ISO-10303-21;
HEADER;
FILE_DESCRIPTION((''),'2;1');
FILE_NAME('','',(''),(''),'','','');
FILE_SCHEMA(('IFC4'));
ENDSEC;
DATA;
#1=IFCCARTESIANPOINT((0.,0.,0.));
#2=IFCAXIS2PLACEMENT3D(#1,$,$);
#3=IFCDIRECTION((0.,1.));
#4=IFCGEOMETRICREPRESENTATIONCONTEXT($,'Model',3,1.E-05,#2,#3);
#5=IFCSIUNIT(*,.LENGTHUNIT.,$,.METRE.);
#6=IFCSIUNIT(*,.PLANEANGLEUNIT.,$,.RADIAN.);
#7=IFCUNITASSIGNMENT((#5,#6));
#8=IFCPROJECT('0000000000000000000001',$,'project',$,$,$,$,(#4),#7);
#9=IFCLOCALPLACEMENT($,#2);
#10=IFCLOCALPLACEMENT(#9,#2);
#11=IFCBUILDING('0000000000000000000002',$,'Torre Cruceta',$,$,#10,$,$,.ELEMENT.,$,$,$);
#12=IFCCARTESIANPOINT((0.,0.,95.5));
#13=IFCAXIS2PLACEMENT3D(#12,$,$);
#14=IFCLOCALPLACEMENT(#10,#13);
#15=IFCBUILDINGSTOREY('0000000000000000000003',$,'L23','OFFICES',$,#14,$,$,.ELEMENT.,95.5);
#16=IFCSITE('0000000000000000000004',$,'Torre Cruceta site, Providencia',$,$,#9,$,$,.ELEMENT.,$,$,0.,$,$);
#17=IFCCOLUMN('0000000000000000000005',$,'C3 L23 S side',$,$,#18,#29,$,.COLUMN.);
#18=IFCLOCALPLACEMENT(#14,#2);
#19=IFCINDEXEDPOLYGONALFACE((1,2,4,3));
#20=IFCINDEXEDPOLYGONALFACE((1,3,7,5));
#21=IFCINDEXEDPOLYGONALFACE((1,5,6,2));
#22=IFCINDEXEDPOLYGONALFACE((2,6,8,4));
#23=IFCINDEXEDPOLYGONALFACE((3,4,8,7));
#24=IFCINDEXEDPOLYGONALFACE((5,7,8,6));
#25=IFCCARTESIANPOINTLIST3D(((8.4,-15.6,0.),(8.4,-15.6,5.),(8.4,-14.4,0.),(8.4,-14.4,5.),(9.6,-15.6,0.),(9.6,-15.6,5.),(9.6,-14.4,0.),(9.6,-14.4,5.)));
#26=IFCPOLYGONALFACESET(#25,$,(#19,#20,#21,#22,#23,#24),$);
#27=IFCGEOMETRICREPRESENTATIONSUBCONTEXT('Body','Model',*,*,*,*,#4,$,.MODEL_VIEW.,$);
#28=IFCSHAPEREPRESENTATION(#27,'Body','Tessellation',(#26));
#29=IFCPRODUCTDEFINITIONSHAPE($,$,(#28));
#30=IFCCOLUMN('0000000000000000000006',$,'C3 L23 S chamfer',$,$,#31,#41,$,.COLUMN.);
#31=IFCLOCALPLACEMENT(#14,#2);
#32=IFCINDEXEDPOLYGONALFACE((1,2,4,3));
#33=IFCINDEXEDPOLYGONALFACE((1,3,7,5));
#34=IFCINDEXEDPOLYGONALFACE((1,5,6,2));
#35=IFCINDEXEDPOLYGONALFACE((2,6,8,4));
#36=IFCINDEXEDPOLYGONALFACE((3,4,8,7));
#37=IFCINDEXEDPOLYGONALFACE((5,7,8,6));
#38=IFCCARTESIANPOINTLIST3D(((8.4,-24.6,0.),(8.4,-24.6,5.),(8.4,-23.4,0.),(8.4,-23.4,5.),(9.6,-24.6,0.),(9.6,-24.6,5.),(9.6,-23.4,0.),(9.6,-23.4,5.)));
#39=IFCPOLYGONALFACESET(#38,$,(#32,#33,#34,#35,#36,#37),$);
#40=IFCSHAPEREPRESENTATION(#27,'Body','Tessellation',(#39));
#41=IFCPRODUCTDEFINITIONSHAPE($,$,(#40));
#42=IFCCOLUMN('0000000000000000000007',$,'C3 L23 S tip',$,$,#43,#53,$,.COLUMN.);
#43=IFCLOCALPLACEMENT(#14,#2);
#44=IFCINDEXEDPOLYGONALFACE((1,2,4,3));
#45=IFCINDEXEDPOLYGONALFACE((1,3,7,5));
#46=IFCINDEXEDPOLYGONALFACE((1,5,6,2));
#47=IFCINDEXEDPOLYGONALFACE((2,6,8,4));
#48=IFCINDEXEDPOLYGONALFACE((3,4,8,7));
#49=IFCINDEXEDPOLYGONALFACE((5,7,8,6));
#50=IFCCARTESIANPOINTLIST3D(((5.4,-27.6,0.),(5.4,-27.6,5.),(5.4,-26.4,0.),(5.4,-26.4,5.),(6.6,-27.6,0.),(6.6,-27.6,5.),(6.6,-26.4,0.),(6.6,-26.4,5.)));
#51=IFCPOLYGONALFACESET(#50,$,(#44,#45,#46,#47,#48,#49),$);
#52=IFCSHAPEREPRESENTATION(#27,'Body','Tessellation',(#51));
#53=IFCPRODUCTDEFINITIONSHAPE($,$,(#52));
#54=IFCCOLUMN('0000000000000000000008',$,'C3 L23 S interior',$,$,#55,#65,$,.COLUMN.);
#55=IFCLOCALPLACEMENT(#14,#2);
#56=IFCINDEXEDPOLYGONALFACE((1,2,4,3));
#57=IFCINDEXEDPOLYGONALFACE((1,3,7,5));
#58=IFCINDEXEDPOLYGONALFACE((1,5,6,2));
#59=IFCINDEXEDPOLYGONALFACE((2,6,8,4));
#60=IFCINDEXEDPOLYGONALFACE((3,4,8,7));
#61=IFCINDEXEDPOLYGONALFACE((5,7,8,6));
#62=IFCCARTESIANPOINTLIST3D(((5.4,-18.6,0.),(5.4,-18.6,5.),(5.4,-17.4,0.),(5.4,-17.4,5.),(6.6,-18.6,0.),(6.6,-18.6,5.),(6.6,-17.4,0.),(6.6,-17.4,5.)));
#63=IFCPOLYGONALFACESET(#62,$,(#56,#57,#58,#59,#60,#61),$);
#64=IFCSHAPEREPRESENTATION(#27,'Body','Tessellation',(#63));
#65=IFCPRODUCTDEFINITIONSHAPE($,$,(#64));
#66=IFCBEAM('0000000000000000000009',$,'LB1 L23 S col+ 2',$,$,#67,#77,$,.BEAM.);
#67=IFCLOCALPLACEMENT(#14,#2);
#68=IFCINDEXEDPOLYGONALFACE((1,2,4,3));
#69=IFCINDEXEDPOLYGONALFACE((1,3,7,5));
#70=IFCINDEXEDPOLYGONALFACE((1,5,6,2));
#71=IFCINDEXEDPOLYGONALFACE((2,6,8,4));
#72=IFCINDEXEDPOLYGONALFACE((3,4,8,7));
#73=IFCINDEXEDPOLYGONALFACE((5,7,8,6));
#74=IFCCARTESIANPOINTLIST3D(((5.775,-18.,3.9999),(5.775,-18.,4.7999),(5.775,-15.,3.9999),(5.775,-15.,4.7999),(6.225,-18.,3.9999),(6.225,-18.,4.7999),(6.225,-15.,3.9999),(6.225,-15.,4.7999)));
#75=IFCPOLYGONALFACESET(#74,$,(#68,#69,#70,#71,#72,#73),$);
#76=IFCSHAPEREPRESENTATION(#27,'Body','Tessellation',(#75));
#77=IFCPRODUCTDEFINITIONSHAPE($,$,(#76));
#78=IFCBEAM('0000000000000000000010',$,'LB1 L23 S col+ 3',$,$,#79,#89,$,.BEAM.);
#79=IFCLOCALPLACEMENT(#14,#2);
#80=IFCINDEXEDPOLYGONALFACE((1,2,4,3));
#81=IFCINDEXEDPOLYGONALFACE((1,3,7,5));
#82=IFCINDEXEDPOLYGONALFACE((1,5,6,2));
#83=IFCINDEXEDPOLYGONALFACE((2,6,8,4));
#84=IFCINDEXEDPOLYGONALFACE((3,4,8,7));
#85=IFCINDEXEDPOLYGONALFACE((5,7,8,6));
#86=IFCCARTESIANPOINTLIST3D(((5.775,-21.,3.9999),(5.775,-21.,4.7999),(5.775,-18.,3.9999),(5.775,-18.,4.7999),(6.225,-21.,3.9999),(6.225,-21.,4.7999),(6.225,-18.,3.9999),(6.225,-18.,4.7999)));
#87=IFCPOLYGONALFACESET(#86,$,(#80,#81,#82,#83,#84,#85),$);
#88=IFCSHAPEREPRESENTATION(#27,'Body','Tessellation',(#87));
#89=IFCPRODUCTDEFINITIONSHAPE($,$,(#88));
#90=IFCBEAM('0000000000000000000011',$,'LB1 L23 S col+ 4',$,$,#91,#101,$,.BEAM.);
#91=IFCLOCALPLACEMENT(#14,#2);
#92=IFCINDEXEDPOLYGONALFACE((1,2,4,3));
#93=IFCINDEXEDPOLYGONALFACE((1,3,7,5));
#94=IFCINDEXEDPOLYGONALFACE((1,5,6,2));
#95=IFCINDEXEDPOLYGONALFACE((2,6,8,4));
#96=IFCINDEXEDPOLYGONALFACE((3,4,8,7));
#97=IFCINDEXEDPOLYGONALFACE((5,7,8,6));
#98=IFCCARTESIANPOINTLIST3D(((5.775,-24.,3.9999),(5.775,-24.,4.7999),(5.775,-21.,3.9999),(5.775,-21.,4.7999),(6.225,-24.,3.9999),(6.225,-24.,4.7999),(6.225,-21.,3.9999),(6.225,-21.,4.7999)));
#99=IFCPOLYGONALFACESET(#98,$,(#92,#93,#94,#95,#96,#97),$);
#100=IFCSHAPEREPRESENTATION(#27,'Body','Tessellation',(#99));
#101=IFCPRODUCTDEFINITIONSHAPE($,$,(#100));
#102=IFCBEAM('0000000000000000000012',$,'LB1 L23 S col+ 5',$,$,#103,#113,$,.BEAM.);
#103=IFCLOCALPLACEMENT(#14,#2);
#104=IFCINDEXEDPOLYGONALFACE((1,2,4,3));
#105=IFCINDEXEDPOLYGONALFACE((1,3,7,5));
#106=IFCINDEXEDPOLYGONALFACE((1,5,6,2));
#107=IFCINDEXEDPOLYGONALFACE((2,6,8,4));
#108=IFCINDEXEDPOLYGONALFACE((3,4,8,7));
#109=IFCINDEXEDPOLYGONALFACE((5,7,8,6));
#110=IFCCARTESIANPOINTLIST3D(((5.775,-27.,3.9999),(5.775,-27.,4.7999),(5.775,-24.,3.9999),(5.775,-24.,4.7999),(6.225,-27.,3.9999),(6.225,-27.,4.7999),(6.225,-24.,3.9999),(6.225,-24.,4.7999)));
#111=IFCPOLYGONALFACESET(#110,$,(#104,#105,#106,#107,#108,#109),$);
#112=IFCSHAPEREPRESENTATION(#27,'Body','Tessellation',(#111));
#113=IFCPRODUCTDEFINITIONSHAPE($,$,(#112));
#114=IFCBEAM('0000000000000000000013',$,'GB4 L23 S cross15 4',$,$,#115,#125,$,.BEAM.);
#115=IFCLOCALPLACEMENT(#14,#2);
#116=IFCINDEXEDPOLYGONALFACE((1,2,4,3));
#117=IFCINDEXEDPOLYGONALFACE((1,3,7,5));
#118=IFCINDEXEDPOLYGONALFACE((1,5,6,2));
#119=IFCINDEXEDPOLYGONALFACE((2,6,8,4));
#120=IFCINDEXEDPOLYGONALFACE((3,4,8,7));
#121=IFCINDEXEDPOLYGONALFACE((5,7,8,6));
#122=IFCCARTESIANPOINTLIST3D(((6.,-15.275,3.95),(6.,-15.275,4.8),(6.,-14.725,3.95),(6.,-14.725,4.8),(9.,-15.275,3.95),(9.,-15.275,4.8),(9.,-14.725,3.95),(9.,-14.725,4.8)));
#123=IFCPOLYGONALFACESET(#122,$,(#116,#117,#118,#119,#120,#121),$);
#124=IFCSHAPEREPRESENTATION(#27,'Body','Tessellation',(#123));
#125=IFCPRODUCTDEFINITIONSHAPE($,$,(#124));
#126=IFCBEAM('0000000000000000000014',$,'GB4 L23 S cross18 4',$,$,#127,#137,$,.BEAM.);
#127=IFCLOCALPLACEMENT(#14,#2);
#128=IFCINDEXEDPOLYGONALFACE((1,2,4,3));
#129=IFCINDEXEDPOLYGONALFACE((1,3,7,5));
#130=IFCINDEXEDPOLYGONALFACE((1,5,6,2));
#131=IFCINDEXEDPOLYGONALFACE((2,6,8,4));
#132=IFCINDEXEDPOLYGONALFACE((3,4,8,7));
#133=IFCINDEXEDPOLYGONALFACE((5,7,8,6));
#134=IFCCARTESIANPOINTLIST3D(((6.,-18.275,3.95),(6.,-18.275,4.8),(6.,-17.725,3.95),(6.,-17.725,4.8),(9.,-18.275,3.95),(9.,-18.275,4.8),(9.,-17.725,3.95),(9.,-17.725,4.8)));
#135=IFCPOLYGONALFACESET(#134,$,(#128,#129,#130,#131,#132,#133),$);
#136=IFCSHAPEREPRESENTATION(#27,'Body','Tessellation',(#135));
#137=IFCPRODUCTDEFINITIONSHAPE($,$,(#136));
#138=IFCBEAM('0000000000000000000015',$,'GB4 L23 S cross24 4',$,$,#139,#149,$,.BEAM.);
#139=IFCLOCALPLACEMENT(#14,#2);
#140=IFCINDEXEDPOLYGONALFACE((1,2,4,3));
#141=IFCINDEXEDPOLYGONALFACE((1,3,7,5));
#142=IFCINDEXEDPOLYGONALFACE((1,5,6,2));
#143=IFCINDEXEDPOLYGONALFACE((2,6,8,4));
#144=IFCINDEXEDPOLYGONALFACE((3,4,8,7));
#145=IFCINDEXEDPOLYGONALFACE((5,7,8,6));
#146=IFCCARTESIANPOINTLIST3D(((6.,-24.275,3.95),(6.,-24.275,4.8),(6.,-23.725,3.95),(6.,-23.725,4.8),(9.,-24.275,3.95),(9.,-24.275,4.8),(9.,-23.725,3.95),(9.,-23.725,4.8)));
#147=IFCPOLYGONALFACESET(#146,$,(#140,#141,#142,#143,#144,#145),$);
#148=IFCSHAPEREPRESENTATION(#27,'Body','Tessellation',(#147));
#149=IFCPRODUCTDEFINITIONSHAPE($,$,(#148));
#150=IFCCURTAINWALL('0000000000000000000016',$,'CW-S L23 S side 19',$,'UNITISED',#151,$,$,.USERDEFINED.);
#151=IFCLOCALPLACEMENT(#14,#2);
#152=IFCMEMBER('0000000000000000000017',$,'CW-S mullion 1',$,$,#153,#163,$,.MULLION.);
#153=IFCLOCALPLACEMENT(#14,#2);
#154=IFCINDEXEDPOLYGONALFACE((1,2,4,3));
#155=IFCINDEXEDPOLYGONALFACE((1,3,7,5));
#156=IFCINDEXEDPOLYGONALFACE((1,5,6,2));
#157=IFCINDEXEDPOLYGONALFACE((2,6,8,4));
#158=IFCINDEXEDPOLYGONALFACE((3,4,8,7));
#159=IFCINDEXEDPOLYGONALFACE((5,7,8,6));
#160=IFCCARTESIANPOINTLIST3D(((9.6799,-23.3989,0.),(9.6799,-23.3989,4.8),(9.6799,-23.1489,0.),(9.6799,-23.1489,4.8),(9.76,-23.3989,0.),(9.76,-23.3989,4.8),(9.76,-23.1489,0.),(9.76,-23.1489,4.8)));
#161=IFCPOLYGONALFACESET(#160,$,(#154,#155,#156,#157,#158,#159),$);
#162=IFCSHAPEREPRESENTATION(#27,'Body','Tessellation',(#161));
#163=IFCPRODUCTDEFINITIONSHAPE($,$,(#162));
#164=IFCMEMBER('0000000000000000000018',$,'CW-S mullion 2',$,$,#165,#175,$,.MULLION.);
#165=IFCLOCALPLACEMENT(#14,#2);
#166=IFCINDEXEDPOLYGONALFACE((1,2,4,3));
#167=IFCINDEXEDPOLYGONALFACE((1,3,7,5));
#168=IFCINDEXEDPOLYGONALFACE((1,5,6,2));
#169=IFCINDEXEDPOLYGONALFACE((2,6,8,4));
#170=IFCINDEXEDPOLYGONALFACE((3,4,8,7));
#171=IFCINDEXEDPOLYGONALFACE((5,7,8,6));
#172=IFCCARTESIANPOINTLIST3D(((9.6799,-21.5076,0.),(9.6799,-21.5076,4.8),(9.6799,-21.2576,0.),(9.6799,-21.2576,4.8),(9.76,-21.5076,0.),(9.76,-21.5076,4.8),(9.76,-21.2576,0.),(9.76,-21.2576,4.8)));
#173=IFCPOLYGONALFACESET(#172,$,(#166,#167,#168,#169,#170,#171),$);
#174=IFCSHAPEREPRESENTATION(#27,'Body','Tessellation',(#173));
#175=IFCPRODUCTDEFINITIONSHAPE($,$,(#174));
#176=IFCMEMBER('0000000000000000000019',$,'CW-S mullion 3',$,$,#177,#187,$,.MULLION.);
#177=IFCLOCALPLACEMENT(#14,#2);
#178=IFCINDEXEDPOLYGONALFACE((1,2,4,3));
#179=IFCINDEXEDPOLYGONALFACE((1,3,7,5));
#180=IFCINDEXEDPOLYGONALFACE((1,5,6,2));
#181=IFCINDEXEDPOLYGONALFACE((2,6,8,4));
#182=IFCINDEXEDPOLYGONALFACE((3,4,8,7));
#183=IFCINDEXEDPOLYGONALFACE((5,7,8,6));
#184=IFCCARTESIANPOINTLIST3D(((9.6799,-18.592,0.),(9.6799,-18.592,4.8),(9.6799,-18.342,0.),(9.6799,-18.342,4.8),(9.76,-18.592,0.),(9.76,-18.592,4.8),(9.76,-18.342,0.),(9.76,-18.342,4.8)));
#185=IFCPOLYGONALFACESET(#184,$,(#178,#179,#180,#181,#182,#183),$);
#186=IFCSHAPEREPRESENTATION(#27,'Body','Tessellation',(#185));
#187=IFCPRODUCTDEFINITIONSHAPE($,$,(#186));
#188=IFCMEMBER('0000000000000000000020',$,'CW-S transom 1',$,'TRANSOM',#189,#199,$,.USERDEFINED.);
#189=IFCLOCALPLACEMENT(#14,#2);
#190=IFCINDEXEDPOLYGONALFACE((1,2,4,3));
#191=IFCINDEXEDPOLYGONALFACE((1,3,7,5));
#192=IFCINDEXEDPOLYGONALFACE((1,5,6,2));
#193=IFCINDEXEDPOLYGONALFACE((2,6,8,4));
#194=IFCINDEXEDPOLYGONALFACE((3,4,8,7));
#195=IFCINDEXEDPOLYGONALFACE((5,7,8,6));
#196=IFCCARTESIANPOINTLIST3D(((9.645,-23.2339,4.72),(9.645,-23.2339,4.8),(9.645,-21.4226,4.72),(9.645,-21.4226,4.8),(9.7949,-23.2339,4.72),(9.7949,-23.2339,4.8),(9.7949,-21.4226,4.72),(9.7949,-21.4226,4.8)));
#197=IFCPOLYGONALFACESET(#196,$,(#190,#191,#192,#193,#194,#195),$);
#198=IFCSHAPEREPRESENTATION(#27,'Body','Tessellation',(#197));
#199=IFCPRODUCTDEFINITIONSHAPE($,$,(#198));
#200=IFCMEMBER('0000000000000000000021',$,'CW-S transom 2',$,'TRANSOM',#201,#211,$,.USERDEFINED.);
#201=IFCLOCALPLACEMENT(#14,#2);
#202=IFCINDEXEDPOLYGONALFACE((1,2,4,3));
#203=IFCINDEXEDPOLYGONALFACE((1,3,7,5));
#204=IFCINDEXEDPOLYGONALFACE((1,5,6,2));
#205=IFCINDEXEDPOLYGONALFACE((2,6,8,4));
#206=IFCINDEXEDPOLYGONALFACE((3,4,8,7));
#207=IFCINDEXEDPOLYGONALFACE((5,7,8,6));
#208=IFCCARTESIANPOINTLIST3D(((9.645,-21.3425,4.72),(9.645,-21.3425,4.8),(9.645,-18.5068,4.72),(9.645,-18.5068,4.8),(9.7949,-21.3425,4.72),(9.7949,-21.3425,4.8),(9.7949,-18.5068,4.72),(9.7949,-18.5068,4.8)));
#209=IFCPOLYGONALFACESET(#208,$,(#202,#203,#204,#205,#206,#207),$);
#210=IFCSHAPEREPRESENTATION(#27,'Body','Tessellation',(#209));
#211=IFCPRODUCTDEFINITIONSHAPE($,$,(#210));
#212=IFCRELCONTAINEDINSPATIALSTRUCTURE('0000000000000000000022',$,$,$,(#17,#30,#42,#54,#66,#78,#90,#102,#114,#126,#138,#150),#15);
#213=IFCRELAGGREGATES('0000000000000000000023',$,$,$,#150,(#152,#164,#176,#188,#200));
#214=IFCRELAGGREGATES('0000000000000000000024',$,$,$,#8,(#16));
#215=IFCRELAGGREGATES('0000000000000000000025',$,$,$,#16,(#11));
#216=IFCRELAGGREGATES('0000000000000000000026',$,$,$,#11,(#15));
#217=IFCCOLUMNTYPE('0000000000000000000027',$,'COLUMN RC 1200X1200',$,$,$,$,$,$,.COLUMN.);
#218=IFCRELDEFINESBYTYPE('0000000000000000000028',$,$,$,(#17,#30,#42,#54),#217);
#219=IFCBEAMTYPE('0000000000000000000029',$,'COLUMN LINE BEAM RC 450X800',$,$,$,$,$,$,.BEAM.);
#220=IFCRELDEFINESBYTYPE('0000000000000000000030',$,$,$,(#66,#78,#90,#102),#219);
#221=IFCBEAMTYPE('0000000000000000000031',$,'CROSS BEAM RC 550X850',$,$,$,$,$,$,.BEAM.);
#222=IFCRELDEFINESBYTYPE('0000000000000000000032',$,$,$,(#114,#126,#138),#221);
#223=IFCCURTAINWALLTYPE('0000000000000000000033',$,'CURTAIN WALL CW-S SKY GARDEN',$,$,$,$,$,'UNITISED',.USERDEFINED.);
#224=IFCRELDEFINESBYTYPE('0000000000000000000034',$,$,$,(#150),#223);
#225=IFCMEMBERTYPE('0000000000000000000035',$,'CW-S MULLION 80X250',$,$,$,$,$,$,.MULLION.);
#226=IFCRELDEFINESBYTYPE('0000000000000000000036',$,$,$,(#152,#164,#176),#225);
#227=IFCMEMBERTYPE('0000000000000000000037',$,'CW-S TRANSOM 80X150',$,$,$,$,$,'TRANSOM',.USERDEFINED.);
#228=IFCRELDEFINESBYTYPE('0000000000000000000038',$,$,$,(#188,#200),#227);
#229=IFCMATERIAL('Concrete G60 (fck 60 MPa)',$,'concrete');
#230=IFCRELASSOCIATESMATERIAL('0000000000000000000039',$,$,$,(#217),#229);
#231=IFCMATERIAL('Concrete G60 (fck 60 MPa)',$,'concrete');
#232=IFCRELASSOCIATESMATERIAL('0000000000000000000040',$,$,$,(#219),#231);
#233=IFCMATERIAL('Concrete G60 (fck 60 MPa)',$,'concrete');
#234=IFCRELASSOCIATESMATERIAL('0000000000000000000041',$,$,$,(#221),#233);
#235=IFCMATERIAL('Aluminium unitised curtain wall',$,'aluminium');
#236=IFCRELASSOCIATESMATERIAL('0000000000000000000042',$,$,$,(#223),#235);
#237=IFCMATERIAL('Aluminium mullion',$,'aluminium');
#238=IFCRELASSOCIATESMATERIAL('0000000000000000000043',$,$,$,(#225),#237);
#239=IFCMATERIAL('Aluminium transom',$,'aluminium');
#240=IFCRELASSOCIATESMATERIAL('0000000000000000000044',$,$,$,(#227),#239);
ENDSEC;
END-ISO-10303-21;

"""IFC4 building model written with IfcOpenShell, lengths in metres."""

from ifc_helpers import new_model, si_unit, direction, frame, origin, origin_2d, place, context, subcontext, project, spatial, rectangle, extrude, material, material_profile, profile_set, type_object, element, aggregate, save


model = new_model("IFC4")

# Units and contexts
model_context = context("Model", 3, precision=1e-05, world=origin(), true_north=direction((0.0, 1.0)))
body_context = subcontext(model_context, "Body", "Model", "MODEL_VIEW")
ifc_project = project(units=[si_unit("LENGTHUNIT", "METRE"), si_unit("PLANEANGLEUNIT", "RADIAN")], contexts=[model_context])

# Site, building, storey
site_placement = place(None, origin())
site = spatial("IfcSite", under=ifc_project, at=site_placement, Name="Torre Cruceta site, Providencia", CompositionType="ELEMENT", RefElevation=0.0)
building_placement = place(site_placement, origin())
building = spatial("IfcBuilding", under=site, at=building_placement, Name="Torre Cruceta", CompositionType="ELEMENT")
storey_placement = place(building_placement, frame((0.0, 0.0, 95.5)))
storey = spatial("IfcBuildingStorey", under=building, at=storey_placement, Name="L23", Description="OFFICES", CompositionType="ELEMENT", Elevation=95.5)

# Columns
ifc_material_1 = material(Name="Concrete G60 (fck 60 MPa)", Category="concrete")
ifc_material_profile_1 = material_profile(ifc_material_1, rectangle(XDim=1.2, YDim=1.2, at=origin_2d()), Name="RC 1200X1200")
ifc_profile_set_1 = profile_set([ifc_material_profile_1], Name="Concrete G60 (fck 60 MPa)")
column_type = type_object("IfcColumnType", Name="COLUMN RC 1200X1200", PredefinedType="COLUMN", material=ifc_profile_set_1)
for number, where, z_axis, x_axis, name in (
    (1, (9.0, -15.0, 0.0), (0.0, 0.0, 1.0), (1.0, 0.0, 0.0), "C3 L23 S side"),
    (2, (9.0, -24.0, 0.0), (0.0, 0.0, 1.0), (1.0, 0.0, 0.0), "C3 L23 S chamfer"),
    (3, (6.0, -27.0, 0.0), (0.0, 0.0, 1.0), (1.0, 0.0, 0.0), "C3 L23 S tip"),
    (4, (6.0, -18.0, 0.0), (0.0, 0.0, 1.0), (1.0, 0.0, 0.0), "C3 L23 S interior"),
):
    element("IfcColumn", number, at=place(storey_placement, frame(where, z_axis=z_axis, x_axis=x_axis)), inside=storey, type_object=column_type, Name=name, PredefinedType="COLUMN", context=body_context, shape_type="SweptSolid", body=[
        extrude(rectangle(XDim=1.2, YDim=1.2, at=origin_2d()), origin(), (0.0, 0.0, 1.0), 5.0),
    ])

# Beams
ifc_material_2 = material(Name="Concrete G60 (fck 60 MPa)", Category="concrete")
ifc_material_profile_2 = material_profile(ifc_material_2, rectangle(XDim=0.45, YDim=0.8, at=origin_2d()), Name="RC 450X800")
ifc_profile_set_2 = profile_set([ifc_material_profile_2], Name="Concrete G60 (fck 60 MPa)")
beam_type_1 = type_object("IfcBeamType", Name="COLUMN LINE BEAM RC 450X800", PredefinedType="BEAM", material=ifc_profile_set_2)
for number, where, z_axis, x_axis, name in (
    (5, (6.0, -15.0, 4.3999), (0.0, -1.0, 0.0), (1.0, 0.0, 0.0), "LB1 L23 S col+ 2"),
    (6, (6.0, -18.0, 4.3999), (0.0, -1.0, 0.0), (1.0, 0.0, 0.0), "LB1 L23 S col+ 3"),
    (7, (6.0, -21.0, 4.3999), (0.0, -1.0, 0.0), (1.0, 0.0, 0.0), "LB1 L23 S col+ 4"),
    (8, (6.0, -24.0, 4.3999), (0.0, -1.0, 0.0), (1.0, 0.0, 0.0), "LB1 L23 S col+ 5"),
):
    element("IfcBeam", number, at=place(storey_placement, frame(where, z_axis=z_axis, x_axis=x_axis)), inside=storey, type_object=beam_type_1, Name=name, PredefinedType="BEAM", context=body_context, shape_type="SweptSolid", body=[
        extrude(rectangle(XDim=0.45, YDim=0.8, at=origin_2d()), origin(), (0.0, 0.0, 1.0), 3.0),
    ])
ifc_material_3 = material(Name="Concrete G60 (fck 60 MPa)", Category="concrete")
ifc_material_profile_3 = material_profile(ifc_material_3, rectangle(XDim=0.55, YDim=0.8501, at=origin_2d()), Name="RC 550X850")
ifc_profile_set_3 = profile_set([ifc_material_profile_3], Name="Concrete G60 (fck 60 MPa)")
beam_type_2 = type_object("IfcBeamType", Name="CROSS BEAM RC 550X850", PredefinedType="BEAM", material=ifc_profile_set_3)
for number, where, z_axis, x_axis, name in (
    (9, (6.0, -15.0, 4.375), (1.0, 0.0, 0.0), (0.0, 1.0, 0.0), "GB4 L23 S cross15 4"),
    (10, (6.0, -18.0, 4.375), (1.0, 0.0, 0.0), (0.0, 1.0, 0.0), "GB4 L23 S cross18 4"),
    (11, (6.0, -24.0, 4.375), (1.0, 0.0, 0.0), (0.0, 1.0, 0.0), "GB4 L23 S cross24 4"),
):
    element("IfcBeam", number, at=place(storey_placement, frame(where, z_axis=z_axis, x_axis=x_axis)), inside=storey, type_object=beam_type_2, Name=name, PredefinedType="BEAM", context=body_context, shape_type="SweptSolid", body=[
        extrude(rectangle(XDim=0.55, YDim=0.8501, at=origin_2d()), origin(), (0.0, 0.0, 1.0), 3.0),
    ])

# Curtain wall, members
ifc_material_4 = material(Name="Aluminium unitised curtain wall", Category="aluminium")
curtain_wall_type = type_object("IfcCurtainWallType", Name="CURTAIN WALL CW-S SKY GARDEN", ElementType="UNITISED", PredefinedType="USERDEFINED", material=ifc_material_4)
curtain_wall_placement = place(storey_placement, origin())
curtain_wall = element("IfcCurtainWall", 12, at=curtain_wall_placement, inside=storey, type_object=curtain_wall_type, Name="CW-S L23 S side 19", ObjectType="UNITISED", PredefinedType="USERDEFINED")
ifc_material_5 = material(Name="Aluminium mullion", Category="aluminium")
ifc_material_profile_4 = material_profile(ifc_material_5, rectangle(XDim=0.0801, YDim=0.25, at=origin_2d()), Name="AL 80X250")
ifc_profile_set_4 = profile_set([ifc_material_profile_4], Name="Aluminium mullion")
member_type_1 = type_object("IfcMemberType", Name="CW-S MULLION 80X250", PredefinedType="MULLION", material=ifc_profile_set_4)
member_1_placement = place(storey_placement, frame((9.72, -23.2739, 0.0), z_axis=(0.0, 0.0, 1.0), x_axis=(-1.0, 0.0, 0.0)))
member_1 = element("IfcMember", 13, at=member_1_placement, type_object=member_type_1, Name="CW-S mullion 1", PredefinedType="MULLION", context=body_context, shape_type="SweptSolid", body=[
    extrude(rectangle(XDim=0.0801, YDim=0.25, at=origin_2d()), origin(), (0.0, 0.0, 1.0), 4.8),
])
member_2_placement = place(storey_placement, frame((9.72, -21.3826, 0.0), z_axis=(0.0, 0.0, 1.0), x_axis=(-1.0, 0.0, 0.0)))
member_2 = element("IfcMember", 14, at=member_2_placement, type_object=member_type_1, Name="CW-S mullion 2", PredefinedType="MULLION", context=body_context, shape_type="SweptSolid", body=[
    extrude(rectangle(XDim=0.0801, YDim=0.25, at=origin_2d()), origin(), (0.0, 0.0, 1.0), 4.8),
])
member_3_placement = place(storey_placement, frame((9.72, -18.467, 0.0), z_axis=(0.0, 0.0, 1.0), x_axis=(-1.0, 0.0, 0.0)))
member_3 = element("IfcMember", 15, at=member_3_placement, type_object=member_type_1, Name="CW-S mullion 3", PredefinedType="MULLION", context=body_context, shape_type="SweptSolid", body=[
    extrude(rectangle(XDim=0.0801, YDim=0.25, at=origin_2d()), origin(), (0.0, 0.0, 1.0), 4.8),
])
ifc_material_6 = material(Name="Aluminium transom", Category="aluminium")
ifc_material_profile_5 = material_profile(ifc_material_6, rectangle(XDim=0.1499, YDim=0.0801, at=origin_2d()), Name="AL 150X80")
ifc_profile_set_5 = profile_set([ifc_material_profile_5], Name="Aluminium transom")
member_type_2 = type_object("IfcMemberType", Name="CW-S TRANSOM 80X150", ElementType="TRANSOM", PredefinedType="USERDEFINED", material=ifc_profile_set_5)
member_4_placement = place(storey_placement, frame((9.72, -23.2339, 4.76), z_axis=(0.0, 1.0, 0.0), x_axis=(-1.0, 0.0, 0.0)))
member_4 = element("IfcMember", 16, at=member_4_placement, type_object=member_type_2, Name="CW-S transom 1", ObjectType="TRANSOM", PredefinedType="USERDEFINED", context=body_context, shape_type="SweptSolid", body=[
    extrude(rectangle(XDim=0.1499, YDim=0.0801, at=origin_2d()), origin(), (0.0, 0.0, 1.0), 1.8113),
])
member_5_placement = place(storey_placement, frame((9.72, -21.3425, 4.76), z_axis=(0.0, 1.0, 0.0), x_axis=(-1.0, 0.0, 0.0)))
member_5 = element("IfcMember", 17, at=member_5_placement, type_object=member_type_2, Name="CW-S transom 2", ObjectType="TRANSOM", PredefinedType="USERDEFINED", context=body_context, shape_type="SweptSolid", body=[
    extrude(rectangle(XDim=0.1499, YDim=0.0801, at=origin_2d()), origin(), (0.0, 0.0, 1.0), 2.8357),
])

aggregate(curtain_wall, [member_1, member_2, member_3, member_4, member_5])

save(model, "model.ifc")
